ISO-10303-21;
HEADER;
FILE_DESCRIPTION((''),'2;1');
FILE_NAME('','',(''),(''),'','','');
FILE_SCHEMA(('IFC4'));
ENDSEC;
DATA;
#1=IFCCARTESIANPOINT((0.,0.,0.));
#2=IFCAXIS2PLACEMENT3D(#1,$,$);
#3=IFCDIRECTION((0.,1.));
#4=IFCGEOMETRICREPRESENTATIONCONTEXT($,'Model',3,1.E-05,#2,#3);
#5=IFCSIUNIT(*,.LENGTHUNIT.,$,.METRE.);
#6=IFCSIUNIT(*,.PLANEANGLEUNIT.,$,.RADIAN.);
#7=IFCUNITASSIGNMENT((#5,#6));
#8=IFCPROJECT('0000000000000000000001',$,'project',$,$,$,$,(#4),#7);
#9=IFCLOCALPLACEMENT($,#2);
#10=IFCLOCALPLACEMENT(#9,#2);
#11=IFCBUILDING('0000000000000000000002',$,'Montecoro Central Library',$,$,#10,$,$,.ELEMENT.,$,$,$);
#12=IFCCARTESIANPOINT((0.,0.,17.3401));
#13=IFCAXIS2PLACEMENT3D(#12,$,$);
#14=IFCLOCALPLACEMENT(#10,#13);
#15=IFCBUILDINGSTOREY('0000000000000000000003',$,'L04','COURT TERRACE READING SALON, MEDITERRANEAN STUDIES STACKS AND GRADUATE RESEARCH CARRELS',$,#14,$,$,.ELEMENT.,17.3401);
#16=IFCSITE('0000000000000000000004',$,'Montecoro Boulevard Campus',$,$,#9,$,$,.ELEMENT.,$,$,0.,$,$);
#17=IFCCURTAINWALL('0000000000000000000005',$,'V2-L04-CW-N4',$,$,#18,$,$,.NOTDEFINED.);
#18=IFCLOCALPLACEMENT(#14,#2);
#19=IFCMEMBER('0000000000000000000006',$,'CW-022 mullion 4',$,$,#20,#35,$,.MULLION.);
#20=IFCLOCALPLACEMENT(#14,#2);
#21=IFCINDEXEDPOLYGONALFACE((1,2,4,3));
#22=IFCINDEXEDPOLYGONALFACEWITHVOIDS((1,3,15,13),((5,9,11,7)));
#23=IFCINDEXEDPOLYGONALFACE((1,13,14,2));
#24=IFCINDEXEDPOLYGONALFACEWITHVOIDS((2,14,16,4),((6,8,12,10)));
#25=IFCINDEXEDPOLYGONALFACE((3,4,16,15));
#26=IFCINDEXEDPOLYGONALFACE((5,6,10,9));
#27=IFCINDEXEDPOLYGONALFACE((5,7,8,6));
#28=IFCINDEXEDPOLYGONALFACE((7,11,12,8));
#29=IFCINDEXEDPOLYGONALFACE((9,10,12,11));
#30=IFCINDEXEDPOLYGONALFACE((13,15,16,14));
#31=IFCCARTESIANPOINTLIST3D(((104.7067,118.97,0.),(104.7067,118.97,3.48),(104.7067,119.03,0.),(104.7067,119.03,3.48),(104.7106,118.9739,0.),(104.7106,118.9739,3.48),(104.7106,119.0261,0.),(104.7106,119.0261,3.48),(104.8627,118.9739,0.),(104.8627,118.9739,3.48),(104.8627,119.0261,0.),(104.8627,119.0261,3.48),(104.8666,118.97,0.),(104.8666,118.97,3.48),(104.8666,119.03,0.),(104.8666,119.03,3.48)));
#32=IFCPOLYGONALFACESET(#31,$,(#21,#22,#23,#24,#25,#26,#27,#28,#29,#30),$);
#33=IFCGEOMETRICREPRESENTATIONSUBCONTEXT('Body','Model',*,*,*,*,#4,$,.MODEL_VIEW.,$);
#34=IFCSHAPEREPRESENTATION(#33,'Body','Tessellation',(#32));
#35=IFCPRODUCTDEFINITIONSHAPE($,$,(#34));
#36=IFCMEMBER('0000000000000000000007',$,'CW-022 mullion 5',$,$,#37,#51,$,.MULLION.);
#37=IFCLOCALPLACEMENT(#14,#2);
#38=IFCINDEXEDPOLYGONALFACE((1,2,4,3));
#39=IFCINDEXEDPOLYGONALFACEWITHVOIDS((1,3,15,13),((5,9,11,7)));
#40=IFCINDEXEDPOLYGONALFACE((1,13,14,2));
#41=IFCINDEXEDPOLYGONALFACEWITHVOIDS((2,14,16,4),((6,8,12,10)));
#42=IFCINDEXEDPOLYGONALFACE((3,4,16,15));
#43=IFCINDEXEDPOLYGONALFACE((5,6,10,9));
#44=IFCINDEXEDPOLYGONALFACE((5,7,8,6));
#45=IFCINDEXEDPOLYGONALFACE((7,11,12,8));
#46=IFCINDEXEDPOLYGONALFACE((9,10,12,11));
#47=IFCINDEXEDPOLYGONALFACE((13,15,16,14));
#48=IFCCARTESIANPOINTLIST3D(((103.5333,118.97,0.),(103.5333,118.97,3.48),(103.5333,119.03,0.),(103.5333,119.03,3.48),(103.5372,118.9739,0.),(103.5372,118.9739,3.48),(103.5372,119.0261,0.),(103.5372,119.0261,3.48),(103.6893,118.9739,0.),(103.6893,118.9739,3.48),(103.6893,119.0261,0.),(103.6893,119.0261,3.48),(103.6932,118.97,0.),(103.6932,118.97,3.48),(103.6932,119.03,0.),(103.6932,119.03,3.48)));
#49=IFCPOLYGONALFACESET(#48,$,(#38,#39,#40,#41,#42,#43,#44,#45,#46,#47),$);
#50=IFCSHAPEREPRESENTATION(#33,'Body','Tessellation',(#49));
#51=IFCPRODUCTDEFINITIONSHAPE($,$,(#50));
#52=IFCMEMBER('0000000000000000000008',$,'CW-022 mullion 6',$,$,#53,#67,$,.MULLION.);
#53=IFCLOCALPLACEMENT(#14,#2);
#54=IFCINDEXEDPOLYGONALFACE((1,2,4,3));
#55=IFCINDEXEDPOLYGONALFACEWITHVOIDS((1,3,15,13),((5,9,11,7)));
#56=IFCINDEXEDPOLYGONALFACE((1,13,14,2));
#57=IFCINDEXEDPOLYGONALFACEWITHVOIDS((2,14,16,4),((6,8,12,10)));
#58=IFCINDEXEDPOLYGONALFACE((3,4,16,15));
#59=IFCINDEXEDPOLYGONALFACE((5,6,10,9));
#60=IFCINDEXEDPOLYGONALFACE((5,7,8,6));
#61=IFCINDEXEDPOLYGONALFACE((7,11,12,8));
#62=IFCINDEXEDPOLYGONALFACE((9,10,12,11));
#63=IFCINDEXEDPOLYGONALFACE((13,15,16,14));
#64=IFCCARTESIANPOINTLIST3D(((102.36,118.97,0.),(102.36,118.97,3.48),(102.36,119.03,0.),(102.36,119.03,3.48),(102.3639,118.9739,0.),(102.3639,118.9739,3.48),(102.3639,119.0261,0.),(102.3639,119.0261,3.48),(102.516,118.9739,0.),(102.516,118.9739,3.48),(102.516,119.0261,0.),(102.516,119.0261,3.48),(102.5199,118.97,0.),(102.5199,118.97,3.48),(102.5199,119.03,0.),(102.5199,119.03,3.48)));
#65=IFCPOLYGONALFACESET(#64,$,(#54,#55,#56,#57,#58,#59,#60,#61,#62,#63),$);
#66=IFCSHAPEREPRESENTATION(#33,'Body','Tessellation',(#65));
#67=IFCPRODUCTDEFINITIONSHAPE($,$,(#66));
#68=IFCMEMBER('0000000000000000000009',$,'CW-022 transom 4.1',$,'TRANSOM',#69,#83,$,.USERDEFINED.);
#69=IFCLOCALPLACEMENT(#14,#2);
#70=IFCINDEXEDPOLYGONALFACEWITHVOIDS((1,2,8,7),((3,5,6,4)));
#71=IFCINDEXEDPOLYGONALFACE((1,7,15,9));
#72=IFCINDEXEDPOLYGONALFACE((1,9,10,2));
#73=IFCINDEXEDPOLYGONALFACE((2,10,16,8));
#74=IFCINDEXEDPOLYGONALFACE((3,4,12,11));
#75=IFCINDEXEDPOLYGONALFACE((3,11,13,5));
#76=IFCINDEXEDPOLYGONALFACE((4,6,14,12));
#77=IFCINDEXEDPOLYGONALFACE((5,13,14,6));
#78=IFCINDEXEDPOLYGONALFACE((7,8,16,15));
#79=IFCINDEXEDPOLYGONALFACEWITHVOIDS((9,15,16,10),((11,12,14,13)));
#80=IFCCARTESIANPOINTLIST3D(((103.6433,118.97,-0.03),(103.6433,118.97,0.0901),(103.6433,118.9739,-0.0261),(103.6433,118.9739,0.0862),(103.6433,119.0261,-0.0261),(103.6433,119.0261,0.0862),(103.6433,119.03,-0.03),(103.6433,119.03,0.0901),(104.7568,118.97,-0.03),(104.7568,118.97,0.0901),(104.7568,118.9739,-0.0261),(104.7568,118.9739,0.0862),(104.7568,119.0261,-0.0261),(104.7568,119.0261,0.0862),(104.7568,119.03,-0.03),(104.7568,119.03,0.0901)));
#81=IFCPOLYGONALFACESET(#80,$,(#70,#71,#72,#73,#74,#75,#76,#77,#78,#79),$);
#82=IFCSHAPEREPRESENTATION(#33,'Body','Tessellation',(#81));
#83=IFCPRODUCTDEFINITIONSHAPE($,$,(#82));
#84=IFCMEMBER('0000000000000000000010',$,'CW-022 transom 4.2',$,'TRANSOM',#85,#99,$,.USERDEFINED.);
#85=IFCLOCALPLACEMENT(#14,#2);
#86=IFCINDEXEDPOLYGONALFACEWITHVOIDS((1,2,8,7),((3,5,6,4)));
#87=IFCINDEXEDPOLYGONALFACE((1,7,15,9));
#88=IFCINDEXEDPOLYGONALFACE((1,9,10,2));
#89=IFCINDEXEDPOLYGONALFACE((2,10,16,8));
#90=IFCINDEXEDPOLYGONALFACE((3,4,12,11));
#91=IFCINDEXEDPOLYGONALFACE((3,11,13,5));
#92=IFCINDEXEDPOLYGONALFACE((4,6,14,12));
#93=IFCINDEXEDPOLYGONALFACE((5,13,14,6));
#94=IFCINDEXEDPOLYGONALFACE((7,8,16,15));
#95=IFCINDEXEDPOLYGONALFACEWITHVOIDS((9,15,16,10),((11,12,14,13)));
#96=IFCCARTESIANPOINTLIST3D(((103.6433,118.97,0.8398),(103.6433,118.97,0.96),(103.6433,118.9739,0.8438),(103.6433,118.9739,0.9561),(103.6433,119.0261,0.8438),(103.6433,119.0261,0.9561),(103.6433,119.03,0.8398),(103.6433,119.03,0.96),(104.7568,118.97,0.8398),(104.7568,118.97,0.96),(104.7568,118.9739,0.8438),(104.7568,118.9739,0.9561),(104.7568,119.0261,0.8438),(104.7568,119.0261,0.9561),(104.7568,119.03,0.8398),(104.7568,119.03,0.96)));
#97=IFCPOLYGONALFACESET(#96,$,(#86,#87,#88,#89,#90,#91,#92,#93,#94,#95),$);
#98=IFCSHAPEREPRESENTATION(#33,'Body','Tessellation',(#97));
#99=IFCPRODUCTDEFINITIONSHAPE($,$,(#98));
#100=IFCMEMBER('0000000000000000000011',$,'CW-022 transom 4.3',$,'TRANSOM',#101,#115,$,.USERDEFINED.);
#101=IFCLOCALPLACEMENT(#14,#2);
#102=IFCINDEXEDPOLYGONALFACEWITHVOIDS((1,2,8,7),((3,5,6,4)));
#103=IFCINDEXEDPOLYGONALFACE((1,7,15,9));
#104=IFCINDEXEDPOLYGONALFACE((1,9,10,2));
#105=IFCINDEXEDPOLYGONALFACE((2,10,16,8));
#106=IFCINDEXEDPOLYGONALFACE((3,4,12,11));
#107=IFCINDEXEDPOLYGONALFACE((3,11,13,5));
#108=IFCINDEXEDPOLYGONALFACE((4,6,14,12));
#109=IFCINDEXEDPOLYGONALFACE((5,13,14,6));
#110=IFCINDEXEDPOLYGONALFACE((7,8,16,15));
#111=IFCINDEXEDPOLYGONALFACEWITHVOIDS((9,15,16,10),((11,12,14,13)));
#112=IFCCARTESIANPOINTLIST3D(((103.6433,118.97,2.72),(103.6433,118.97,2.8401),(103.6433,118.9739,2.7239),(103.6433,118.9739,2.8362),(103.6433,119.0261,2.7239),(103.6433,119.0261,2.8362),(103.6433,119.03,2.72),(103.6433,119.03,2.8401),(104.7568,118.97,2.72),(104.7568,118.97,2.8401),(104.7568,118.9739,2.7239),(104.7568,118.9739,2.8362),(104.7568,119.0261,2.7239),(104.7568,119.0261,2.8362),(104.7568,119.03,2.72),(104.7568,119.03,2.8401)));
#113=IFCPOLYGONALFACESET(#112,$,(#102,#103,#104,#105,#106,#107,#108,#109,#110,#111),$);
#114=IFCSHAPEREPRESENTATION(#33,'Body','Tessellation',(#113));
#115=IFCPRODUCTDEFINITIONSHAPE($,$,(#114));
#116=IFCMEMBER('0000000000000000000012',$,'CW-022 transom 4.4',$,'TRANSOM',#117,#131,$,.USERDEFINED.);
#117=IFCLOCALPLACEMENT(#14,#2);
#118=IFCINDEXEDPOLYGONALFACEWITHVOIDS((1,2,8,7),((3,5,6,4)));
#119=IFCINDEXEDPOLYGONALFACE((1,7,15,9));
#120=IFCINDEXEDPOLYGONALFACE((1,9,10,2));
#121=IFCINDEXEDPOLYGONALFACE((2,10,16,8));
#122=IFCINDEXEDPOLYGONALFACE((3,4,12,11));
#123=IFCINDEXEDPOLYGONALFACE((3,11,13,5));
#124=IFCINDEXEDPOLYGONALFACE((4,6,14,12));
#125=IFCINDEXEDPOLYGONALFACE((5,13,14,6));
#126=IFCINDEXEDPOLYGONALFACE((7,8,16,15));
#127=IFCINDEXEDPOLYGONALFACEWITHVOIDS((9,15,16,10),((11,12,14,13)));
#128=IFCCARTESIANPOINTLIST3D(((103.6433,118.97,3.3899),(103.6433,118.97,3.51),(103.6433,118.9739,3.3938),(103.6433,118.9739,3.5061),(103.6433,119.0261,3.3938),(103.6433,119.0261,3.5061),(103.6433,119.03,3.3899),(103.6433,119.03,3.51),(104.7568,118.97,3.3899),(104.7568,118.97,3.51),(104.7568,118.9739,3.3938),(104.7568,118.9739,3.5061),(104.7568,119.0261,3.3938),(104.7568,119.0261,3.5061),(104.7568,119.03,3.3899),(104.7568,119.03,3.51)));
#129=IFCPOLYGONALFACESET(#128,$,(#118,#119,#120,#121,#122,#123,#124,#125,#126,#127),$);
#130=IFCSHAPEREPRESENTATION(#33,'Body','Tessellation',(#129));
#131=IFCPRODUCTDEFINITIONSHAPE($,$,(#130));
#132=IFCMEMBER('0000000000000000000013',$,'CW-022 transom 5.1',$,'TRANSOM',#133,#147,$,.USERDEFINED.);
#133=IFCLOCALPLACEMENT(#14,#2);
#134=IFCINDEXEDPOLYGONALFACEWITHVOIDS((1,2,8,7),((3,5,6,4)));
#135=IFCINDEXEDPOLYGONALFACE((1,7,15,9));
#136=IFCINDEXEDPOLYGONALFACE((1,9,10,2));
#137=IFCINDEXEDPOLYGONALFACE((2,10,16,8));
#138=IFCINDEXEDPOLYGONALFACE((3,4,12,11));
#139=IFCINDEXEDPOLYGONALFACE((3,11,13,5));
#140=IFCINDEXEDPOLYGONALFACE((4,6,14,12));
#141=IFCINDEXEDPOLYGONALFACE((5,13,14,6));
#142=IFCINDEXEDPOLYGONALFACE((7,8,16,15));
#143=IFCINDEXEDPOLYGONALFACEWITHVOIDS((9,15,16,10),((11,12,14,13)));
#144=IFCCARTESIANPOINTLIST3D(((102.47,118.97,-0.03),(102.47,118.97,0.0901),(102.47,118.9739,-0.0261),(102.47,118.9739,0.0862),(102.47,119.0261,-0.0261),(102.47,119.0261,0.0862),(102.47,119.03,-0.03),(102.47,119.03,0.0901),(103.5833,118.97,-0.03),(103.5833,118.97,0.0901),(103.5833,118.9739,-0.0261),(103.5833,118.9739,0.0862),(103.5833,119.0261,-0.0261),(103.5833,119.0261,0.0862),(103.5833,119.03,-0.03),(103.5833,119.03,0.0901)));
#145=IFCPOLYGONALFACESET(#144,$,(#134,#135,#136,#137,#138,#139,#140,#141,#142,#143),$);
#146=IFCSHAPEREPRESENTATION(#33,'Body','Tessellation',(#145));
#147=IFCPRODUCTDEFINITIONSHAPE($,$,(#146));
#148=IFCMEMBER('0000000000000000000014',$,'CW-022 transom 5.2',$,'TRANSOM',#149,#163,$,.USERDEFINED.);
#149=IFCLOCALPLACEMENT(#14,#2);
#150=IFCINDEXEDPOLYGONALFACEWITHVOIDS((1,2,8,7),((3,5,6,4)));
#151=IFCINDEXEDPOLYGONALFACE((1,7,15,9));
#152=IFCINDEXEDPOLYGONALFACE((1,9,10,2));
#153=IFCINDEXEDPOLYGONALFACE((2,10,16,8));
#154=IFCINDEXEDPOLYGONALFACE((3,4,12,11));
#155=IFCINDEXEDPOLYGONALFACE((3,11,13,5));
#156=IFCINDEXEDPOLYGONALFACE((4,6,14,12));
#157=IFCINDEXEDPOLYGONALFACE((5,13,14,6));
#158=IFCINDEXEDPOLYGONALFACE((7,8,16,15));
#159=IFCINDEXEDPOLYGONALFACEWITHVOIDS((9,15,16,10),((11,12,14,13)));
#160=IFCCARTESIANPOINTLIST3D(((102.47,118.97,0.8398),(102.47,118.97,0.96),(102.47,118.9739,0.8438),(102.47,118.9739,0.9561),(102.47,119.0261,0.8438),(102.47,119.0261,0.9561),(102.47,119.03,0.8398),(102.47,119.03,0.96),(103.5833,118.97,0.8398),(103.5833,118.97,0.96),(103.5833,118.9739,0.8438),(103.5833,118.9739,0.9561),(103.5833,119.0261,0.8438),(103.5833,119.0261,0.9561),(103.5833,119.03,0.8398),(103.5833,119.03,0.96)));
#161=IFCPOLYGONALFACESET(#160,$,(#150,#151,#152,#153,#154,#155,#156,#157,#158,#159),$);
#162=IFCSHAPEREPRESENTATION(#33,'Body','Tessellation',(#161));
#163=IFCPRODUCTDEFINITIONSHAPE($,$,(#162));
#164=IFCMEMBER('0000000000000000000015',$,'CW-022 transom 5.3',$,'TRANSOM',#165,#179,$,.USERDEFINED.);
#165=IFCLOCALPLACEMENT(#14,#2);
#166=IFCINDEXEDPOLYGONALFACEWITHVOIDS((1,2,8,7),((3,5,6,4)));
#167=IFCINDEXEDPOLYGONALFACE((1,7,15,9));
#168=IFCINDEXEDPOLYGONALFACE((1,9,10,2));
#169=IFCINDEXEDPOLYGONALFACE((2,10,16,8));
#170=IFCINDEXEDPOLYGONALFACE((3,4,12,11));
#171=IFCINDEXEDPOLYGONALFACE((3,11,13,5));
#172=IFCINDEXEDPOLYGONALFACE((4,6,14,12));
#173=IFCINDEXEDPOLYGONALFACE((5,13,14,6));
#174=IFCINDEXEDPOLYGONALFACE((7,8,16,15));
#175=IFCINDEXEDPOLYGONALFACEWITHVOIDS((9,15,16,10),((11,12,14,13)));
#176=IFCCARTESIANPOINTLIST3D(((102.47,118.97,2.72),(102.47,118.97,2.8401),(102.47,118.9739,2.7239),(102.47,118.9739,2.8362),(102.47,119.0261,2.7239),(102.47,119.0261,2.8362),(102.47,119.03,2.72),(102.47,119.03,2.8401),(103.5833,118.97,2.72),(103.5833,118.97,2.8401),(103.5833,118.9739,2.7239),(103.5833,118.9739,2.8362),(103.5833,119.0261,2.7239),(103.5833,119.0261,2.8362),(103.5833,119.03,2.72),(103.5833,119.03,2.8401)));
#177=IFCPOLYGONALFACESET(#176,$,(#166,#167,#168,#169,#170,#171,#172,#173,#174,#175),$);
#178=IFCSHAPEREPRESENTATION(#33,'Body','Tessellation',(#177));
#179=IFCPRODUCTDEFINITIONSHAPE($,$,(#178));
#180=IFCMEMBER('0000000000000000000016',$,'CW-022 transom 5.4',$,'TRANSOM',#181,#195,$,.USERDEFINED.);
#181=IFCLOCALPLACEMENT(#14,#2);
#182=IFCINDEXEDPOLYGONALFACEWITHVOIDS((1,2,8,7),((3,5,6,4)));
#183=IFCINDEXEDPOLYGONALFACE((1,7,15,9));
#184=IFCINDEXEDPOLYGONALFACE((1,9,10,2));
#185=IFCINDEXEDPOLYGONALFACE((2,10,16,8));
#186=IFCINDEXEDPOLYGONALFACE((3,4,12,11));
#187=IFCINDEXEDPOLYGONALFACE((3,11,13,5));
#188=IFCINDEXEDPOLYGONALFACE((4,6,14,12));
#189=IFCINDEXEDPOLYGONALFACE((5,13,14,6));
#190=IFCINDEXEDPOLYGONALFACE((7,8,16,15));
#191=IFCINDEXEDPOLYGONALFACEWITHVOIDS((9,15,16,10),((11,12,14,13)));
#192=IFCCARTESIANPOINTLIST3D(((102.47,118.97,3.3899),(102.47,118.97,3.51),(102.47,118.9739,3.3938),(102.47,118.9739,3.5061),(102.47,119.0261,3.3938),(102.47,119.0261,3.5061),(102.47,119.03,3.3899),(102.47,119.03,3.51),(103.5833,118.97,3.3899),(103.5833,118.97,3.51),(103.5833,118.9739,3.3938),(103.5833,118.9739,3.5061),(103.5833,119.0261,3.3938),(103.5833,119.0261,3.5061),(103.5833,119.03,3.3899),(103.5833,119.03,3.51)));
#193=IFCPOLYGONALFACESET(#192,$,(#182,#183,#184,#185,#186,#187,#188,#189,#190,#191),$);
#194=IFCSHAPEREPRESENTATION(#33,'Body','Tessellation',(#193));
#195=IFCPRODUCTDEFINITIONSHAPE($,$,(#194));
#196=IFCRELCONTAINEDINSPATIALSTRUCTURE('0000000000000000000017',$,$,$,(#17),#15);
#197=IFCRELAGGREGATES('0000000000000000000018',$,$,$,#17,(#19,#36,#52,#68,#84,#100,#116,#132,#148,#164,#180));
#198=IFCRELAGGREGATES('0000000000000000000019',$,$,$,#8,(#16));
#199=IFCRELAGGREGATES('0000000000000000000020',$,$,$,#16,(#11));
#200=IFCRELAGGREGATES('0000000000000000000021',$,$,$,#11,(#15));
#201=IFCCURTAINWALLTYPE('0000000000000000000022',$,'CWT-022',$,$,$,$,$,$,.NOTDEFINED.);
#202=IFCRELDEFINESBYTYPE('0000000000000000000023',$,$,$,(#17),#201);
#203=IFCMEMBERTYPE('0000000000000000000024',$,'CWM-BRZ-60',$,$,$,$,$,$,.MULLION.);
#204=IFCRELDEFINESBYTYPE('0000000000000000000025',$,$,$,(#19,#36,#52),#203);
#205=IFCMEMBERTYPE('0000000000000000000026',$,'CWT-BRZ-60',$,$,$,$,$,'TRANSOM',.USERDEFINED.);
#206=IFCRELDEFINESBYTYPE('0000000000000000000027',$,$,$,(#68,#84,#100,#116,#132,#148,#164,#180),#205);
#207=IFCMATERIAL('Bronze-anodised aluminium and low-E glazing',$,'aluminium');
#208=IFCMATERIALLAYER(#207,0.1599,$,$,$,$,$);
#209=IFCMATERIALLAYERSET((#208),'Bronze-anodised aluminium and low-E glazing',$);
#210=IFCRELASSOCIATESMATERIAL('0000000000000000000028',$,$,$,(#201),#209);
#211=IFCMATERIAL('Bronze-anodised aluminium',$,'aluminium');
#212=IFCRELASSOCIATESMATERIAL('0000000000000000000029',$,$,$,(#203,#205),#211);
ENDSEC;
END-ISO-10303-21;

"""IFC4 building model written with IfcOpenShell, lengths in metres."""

from ifc_helpers import new_model, si_unit, direction, frame, origin, origin_2d, place, context, subcontext, project, spatial, hollow_rectangle, extrude, material, layer, layer_set, material_profile, profile_set, type_object, element, aggregate, save


model = new_model("IFC4")

# Units and contexts
model_context = context("Model", 3, precision=1e-05, world=origin(), true_north=direction((0.0, 1.0)))
body_context = subcontext(model_context, "Body", "Model", "MODEL_VIEW")
ifc_project = project(units=[si_unit("LENGTHUNIT", "METRE"), si_unit("PLANEANGLEUNIT", "RADIAN")], contexts=[model_context])

# Site, building, storey
site_placement = place(None, origin())
site = spatial("IfcSite", under=ifc_project, at=site_placement, Name="Montecoro Boulevard Campus", CompositionType="ELEMENT", RefElevation=0.0)
building_placement = place(site_placement, origin())
building = spatial("IfcBuilding", under=site, at=building_placement, Name="Montecoro Central Library", CompositionType="ELEMENT")
storey_placement = place(building_placement, frame((0.0, 0.0, 17.3401)))
storey = spatial("IfcBuildingStorey", under=building, at=storey_placement, Name="L04", Description="COURT TERRACE READING SALON, MEDITERRANEAN STUDIES STACKS AND GRADUATE RESEARCH CARRELS", CompositionType="ELEMENT", Elevation=17.3401)

# Curtain wall, members
ifc_material_1 = material(Name="Bronze-anodised aluminium and low-E glazing", Category="aluminium")
ifc_layer_1 = layer(ifc_material_1, 0.1599)
ifc_layer_set_1 = layer_set([ifc_layer_1], Name="Bronze-anodised aluminium and low-E glazing")
curtain_wall_type = type_object("IfcCurtainWallType", Name="CWT-022", PredefinedType="NOTDEFINED", material=ifc_layer_set_1)
curtain_wall_placement = place(storey_placement, origin())
curtain_wall = element("IfcCurtainWall", 1, at=curtain_wall_placement, inside=storey, type_object=curtain_wall_type, Name="V2-L04-CW-N4", PredefinedType="NOTDEFINED")
ifc_material_2 = material(Name="Bronze-anodised aluminium", Category="aluminium")
ifc_material_profile_1 = material_profile(ifc_material_2, hollow_rectangle(XDim=0.0601, YDim=0.1599, WallThickness=0.0039, at=origin_2d()), Name="CWM 160x60x4.0")
ifc_profile_set_1 = profile_set([ifc_material_profile_1], Name="Bronze-anodised aluminium")
member_type_1 = type_object("IfcMemberType", Name="CWM-BRZ-60", PredefinedType="MULLION", material=ifc_profile_set_1)
member_1_placement = place(storey_placement, frame((104.7866, 119.0, 0.0), z_axis=(0.0, 0.0, 1.0), x_axis=(0.0, -1.0, 0.0)))
member_1 = element("IfcMember", 2, at=member_1_placement, type_object=member_type_1, Name="CW-022 mullion 4", PredefinedType="MULLION", context=body_context, shape_type="SweptSolid", body=[
    extrude(hollow_rectangle(XDim=0.0601, YDim=0.1599, WallThickness=0.0039, at=origin_2d()), origin(), (0.0, 0.0, 1.0), 3.48),
])
member_2_placement = place(storey_placement, frame((103.6133, 119.0, 0.0), z_axis=(0.0, 0.0, 1.0), x_axis=(0.0, -1.0, 0.0)))
member_2 = element("IfcMember", 3, at=member_2_placement, type_object=member_type_1, Name="CW-022 mullion 5", PredefinedType="MULLION", context=body_context, shape_type="SweptSolid", body=[
    extrude(hollow_rectangle(XDim=0.0601, YDim=0.1599, WallThickness=0.0039, at=origin_2d()), origin(), (0.0, 0.0, 1.0), 3.48),
])
member_3_placement = place(storey_placement, frame((102.4399, 119.0, 0.0), z_axis=(0.0, 0.0, 1.0), x_axis=(0.0, -1.0, 0.0)))
member_3 = element("IfcMember", 4, at=member_3_placement, type_object=member_type_1, Name="CW-022 mullion 6", PredefinedType="MULLION", context=body_context, shape_type="SweptSolid", body=[
    extrude(hollow_rectangle(XDim=0.0601, YDim=0.1599, WallThickness=0.0039, at=origin_2d()), origin(), (0.0, 0.0, 1.0), 3.48),
])
ifc_material_profile_2 = material_profile(ifc_material_2, hollow_rectangle(XDim=0.0601, YDim=0.1201, WallThickness=0.0039, at=origin_2d()), Name="CWT 120x60x4.0")
ifc_profile_set_2 = profile_set([ifc_material_profile_2], Name="Bronze-anodised aluminium")
member_type_2 = type_object("IfcMemberType", Name="CWT-BRZ-60", ElementType="TRANSOM", PredefinedType="USERDEFINED", material=ifc_profile_set_2)
member_4_placement = place(storey_placement, frame((104.7568, 119.0, 0.03), z_axis=(-1.0, 0.0, 0.0), x_axis=(0.0, -1.0, 0.0)))
member_4 = element("IfcMember", 5, at=member_4_placement, type_object=member_type_2, Name="CW-022 transom 4.1", ObjectType="TRANSOM", PredefinedType="USERDEFINED", context=body_context, shape_type="SweptSolid", body=[
    extrude(hollow_rectangle(XDim=0.0601, YDim=0.1201, WallThickness=0.0039, at=origin_2d()), origin(), (0.0, 0.0, 1.0), 1.1135),
])
member_5_placement = place(storey_placement, frame((104.7568, 119.0, 0.8999), z_axis=(-1.0, 0.0, 0.0), x_axis=(0.0, -1.0, 0.0)))
member_5 = element("IfcMember", 6, at=member_5_placement, type_object=member_type_2, Name="CW-022 transom 4.2", ObjectType="TRANSOM", PredefinedType="USERDEFINED", context=body_context, shape_type="SweptSolid", body=[
    extrude(hollow_rectangle(XDim=0.0601, YDim=0.1201, WallThickness=0.0039, at=origin_2d()), origin(), (0.0, 0.0, 1.0), 1.1135),
])
member_6_placement = place(storey_placement, frame((104.7568, 119.0, 2.78), z_axis=(-1.0, 0.0, 0.0), x_axis=(0.0, -1.0, 0.0)))
member_6 = element("IfcMember", 7, at=member_6_placement, type_object=member_type_2, Name="CW-022 transom 4.3", ObjectType="TRANSOM", PredefinedType="USERDEFINED", context=body_context, shape_type="SweptSolid", body=[
    extrude(hollow_rectangle(XDim=0.0601, YDim=0.1201, WallThickness=0.0039, at=origin_2d()), origin(), (0.0, 0.0, 1.0), 1.1135),
])
member_7_placement = place(storey_placement, frame((104.7568, 119.0, 3.45), z_axis=(-1.0, 0.0, 0.0), x_axis=(0.0, -1.0, 0.0)))
member_7 = element("IfcMember", 8, at=member_7_placement, type_object=member_type_2, Name="CW-022 transom 4.4", ObjectType="TRANSOM", PredefinedType="USERDEFINED", context=body_context, shape_type="SweptSolid", body=[
    extrude(hollow_rectangle(XDim=0.0601, YDim=0.1201, WallThickness=0.0039, at=origin_2d()), origin(), (0.0, 0.0, 1.0), 1.1135),
])
member_8_placement = place(storey_placement, frame((103.5833, 119.0, 0.03), z_axis=(-1.0, 0.0, 0.0), x_axis=(0.0, -1.0, 0.0)))
member_8 = element("IfcMember", 9, at=member_8_placement, type_object=member_type_2, Name="CW-022 transom 5.1", ObjectType="TRANSOM", PredefinedType="USERDEFINED", context=body_context, shape_type="SweptSolid", body=[
    extrude(hollow_rectangle(XDim=0.0601, YDim=0.1201, WallThickness=0.0039, at=origin_2d()), origin(), (0.0, 0.0, 1.0), 1.1133),
])
member_9_placement = place(storey_placement, frame((103.5833, 119.0, 0.8999), z_axis=(-1.0, 0.0, 0.0), x_axis=(0.0, -1.0, 0.0)))
member_9 = element("IfcMember", 10, at=member_9_placement, type_object=member_type_2, Name="CW-022 transom 5.2", ObjectType="TRANSOM", PredefinedType="USERDEFINED", context=body_context, shape_type="SweptSolid", body=[
    extrude(hollow_rectangle(XDim=0.0601, YDim=0.1201, WallThickness=0.0039, at=origin_2d()), origin(), (0.0, 0.0, 1.0), 1.1133),
])
member_10_placement = place(storey_placement, frame((103.5833, 119.0, 2.78), z_axis=(-1.0, 0.0, 0.0), x_axis=(0.0, -1.0, 0.0)))
member_10 = element("IfcMember", 11, at=member_10_placement, type_object=member_type_2, Name="CW-022 transom 5.3", ObjectType="TRANSOM", PredefinedType="USERDEFINED", context=body_context, shape_type="SweptSolid", body=[
    extrude(hollow_rectangle(XDim=0.0601, YDim=0.1201, WallThickness=0.0039, at=origin_2d()), origin(), (0.0, 0.0, 1.0), 1.1133),
])
member_11_placement = place(storey_placement, frame((103.5833, 119.0, 3.45), z_axis=(-1.0, 0.0, 0.0), x_axis=(0.0, -1.0, 0.0)))
member_11 = element("IfcMember", 12, at=member_11_placement, type_object=member_type_2, Name="CW-022 transom 5.4", ObjectType="TRANSOM", PredefinedType="USERDEFINED", context=body_context, shape_type="SweptSolid", body=[
    extrude(hollow_rectangle(XDim=0.0601, YDim=0.1201, WallThickness=0.0039, at=origin_2d()), origin(), (0.0, 0.0, 1.0), 1.1133),
])
aggregate(curtain_wall, [member_1, member_2, member_3, member_4, member_5, member_6, member_7, member_8, member_9, member_10, member_11])

save(model, "model.ifc")
